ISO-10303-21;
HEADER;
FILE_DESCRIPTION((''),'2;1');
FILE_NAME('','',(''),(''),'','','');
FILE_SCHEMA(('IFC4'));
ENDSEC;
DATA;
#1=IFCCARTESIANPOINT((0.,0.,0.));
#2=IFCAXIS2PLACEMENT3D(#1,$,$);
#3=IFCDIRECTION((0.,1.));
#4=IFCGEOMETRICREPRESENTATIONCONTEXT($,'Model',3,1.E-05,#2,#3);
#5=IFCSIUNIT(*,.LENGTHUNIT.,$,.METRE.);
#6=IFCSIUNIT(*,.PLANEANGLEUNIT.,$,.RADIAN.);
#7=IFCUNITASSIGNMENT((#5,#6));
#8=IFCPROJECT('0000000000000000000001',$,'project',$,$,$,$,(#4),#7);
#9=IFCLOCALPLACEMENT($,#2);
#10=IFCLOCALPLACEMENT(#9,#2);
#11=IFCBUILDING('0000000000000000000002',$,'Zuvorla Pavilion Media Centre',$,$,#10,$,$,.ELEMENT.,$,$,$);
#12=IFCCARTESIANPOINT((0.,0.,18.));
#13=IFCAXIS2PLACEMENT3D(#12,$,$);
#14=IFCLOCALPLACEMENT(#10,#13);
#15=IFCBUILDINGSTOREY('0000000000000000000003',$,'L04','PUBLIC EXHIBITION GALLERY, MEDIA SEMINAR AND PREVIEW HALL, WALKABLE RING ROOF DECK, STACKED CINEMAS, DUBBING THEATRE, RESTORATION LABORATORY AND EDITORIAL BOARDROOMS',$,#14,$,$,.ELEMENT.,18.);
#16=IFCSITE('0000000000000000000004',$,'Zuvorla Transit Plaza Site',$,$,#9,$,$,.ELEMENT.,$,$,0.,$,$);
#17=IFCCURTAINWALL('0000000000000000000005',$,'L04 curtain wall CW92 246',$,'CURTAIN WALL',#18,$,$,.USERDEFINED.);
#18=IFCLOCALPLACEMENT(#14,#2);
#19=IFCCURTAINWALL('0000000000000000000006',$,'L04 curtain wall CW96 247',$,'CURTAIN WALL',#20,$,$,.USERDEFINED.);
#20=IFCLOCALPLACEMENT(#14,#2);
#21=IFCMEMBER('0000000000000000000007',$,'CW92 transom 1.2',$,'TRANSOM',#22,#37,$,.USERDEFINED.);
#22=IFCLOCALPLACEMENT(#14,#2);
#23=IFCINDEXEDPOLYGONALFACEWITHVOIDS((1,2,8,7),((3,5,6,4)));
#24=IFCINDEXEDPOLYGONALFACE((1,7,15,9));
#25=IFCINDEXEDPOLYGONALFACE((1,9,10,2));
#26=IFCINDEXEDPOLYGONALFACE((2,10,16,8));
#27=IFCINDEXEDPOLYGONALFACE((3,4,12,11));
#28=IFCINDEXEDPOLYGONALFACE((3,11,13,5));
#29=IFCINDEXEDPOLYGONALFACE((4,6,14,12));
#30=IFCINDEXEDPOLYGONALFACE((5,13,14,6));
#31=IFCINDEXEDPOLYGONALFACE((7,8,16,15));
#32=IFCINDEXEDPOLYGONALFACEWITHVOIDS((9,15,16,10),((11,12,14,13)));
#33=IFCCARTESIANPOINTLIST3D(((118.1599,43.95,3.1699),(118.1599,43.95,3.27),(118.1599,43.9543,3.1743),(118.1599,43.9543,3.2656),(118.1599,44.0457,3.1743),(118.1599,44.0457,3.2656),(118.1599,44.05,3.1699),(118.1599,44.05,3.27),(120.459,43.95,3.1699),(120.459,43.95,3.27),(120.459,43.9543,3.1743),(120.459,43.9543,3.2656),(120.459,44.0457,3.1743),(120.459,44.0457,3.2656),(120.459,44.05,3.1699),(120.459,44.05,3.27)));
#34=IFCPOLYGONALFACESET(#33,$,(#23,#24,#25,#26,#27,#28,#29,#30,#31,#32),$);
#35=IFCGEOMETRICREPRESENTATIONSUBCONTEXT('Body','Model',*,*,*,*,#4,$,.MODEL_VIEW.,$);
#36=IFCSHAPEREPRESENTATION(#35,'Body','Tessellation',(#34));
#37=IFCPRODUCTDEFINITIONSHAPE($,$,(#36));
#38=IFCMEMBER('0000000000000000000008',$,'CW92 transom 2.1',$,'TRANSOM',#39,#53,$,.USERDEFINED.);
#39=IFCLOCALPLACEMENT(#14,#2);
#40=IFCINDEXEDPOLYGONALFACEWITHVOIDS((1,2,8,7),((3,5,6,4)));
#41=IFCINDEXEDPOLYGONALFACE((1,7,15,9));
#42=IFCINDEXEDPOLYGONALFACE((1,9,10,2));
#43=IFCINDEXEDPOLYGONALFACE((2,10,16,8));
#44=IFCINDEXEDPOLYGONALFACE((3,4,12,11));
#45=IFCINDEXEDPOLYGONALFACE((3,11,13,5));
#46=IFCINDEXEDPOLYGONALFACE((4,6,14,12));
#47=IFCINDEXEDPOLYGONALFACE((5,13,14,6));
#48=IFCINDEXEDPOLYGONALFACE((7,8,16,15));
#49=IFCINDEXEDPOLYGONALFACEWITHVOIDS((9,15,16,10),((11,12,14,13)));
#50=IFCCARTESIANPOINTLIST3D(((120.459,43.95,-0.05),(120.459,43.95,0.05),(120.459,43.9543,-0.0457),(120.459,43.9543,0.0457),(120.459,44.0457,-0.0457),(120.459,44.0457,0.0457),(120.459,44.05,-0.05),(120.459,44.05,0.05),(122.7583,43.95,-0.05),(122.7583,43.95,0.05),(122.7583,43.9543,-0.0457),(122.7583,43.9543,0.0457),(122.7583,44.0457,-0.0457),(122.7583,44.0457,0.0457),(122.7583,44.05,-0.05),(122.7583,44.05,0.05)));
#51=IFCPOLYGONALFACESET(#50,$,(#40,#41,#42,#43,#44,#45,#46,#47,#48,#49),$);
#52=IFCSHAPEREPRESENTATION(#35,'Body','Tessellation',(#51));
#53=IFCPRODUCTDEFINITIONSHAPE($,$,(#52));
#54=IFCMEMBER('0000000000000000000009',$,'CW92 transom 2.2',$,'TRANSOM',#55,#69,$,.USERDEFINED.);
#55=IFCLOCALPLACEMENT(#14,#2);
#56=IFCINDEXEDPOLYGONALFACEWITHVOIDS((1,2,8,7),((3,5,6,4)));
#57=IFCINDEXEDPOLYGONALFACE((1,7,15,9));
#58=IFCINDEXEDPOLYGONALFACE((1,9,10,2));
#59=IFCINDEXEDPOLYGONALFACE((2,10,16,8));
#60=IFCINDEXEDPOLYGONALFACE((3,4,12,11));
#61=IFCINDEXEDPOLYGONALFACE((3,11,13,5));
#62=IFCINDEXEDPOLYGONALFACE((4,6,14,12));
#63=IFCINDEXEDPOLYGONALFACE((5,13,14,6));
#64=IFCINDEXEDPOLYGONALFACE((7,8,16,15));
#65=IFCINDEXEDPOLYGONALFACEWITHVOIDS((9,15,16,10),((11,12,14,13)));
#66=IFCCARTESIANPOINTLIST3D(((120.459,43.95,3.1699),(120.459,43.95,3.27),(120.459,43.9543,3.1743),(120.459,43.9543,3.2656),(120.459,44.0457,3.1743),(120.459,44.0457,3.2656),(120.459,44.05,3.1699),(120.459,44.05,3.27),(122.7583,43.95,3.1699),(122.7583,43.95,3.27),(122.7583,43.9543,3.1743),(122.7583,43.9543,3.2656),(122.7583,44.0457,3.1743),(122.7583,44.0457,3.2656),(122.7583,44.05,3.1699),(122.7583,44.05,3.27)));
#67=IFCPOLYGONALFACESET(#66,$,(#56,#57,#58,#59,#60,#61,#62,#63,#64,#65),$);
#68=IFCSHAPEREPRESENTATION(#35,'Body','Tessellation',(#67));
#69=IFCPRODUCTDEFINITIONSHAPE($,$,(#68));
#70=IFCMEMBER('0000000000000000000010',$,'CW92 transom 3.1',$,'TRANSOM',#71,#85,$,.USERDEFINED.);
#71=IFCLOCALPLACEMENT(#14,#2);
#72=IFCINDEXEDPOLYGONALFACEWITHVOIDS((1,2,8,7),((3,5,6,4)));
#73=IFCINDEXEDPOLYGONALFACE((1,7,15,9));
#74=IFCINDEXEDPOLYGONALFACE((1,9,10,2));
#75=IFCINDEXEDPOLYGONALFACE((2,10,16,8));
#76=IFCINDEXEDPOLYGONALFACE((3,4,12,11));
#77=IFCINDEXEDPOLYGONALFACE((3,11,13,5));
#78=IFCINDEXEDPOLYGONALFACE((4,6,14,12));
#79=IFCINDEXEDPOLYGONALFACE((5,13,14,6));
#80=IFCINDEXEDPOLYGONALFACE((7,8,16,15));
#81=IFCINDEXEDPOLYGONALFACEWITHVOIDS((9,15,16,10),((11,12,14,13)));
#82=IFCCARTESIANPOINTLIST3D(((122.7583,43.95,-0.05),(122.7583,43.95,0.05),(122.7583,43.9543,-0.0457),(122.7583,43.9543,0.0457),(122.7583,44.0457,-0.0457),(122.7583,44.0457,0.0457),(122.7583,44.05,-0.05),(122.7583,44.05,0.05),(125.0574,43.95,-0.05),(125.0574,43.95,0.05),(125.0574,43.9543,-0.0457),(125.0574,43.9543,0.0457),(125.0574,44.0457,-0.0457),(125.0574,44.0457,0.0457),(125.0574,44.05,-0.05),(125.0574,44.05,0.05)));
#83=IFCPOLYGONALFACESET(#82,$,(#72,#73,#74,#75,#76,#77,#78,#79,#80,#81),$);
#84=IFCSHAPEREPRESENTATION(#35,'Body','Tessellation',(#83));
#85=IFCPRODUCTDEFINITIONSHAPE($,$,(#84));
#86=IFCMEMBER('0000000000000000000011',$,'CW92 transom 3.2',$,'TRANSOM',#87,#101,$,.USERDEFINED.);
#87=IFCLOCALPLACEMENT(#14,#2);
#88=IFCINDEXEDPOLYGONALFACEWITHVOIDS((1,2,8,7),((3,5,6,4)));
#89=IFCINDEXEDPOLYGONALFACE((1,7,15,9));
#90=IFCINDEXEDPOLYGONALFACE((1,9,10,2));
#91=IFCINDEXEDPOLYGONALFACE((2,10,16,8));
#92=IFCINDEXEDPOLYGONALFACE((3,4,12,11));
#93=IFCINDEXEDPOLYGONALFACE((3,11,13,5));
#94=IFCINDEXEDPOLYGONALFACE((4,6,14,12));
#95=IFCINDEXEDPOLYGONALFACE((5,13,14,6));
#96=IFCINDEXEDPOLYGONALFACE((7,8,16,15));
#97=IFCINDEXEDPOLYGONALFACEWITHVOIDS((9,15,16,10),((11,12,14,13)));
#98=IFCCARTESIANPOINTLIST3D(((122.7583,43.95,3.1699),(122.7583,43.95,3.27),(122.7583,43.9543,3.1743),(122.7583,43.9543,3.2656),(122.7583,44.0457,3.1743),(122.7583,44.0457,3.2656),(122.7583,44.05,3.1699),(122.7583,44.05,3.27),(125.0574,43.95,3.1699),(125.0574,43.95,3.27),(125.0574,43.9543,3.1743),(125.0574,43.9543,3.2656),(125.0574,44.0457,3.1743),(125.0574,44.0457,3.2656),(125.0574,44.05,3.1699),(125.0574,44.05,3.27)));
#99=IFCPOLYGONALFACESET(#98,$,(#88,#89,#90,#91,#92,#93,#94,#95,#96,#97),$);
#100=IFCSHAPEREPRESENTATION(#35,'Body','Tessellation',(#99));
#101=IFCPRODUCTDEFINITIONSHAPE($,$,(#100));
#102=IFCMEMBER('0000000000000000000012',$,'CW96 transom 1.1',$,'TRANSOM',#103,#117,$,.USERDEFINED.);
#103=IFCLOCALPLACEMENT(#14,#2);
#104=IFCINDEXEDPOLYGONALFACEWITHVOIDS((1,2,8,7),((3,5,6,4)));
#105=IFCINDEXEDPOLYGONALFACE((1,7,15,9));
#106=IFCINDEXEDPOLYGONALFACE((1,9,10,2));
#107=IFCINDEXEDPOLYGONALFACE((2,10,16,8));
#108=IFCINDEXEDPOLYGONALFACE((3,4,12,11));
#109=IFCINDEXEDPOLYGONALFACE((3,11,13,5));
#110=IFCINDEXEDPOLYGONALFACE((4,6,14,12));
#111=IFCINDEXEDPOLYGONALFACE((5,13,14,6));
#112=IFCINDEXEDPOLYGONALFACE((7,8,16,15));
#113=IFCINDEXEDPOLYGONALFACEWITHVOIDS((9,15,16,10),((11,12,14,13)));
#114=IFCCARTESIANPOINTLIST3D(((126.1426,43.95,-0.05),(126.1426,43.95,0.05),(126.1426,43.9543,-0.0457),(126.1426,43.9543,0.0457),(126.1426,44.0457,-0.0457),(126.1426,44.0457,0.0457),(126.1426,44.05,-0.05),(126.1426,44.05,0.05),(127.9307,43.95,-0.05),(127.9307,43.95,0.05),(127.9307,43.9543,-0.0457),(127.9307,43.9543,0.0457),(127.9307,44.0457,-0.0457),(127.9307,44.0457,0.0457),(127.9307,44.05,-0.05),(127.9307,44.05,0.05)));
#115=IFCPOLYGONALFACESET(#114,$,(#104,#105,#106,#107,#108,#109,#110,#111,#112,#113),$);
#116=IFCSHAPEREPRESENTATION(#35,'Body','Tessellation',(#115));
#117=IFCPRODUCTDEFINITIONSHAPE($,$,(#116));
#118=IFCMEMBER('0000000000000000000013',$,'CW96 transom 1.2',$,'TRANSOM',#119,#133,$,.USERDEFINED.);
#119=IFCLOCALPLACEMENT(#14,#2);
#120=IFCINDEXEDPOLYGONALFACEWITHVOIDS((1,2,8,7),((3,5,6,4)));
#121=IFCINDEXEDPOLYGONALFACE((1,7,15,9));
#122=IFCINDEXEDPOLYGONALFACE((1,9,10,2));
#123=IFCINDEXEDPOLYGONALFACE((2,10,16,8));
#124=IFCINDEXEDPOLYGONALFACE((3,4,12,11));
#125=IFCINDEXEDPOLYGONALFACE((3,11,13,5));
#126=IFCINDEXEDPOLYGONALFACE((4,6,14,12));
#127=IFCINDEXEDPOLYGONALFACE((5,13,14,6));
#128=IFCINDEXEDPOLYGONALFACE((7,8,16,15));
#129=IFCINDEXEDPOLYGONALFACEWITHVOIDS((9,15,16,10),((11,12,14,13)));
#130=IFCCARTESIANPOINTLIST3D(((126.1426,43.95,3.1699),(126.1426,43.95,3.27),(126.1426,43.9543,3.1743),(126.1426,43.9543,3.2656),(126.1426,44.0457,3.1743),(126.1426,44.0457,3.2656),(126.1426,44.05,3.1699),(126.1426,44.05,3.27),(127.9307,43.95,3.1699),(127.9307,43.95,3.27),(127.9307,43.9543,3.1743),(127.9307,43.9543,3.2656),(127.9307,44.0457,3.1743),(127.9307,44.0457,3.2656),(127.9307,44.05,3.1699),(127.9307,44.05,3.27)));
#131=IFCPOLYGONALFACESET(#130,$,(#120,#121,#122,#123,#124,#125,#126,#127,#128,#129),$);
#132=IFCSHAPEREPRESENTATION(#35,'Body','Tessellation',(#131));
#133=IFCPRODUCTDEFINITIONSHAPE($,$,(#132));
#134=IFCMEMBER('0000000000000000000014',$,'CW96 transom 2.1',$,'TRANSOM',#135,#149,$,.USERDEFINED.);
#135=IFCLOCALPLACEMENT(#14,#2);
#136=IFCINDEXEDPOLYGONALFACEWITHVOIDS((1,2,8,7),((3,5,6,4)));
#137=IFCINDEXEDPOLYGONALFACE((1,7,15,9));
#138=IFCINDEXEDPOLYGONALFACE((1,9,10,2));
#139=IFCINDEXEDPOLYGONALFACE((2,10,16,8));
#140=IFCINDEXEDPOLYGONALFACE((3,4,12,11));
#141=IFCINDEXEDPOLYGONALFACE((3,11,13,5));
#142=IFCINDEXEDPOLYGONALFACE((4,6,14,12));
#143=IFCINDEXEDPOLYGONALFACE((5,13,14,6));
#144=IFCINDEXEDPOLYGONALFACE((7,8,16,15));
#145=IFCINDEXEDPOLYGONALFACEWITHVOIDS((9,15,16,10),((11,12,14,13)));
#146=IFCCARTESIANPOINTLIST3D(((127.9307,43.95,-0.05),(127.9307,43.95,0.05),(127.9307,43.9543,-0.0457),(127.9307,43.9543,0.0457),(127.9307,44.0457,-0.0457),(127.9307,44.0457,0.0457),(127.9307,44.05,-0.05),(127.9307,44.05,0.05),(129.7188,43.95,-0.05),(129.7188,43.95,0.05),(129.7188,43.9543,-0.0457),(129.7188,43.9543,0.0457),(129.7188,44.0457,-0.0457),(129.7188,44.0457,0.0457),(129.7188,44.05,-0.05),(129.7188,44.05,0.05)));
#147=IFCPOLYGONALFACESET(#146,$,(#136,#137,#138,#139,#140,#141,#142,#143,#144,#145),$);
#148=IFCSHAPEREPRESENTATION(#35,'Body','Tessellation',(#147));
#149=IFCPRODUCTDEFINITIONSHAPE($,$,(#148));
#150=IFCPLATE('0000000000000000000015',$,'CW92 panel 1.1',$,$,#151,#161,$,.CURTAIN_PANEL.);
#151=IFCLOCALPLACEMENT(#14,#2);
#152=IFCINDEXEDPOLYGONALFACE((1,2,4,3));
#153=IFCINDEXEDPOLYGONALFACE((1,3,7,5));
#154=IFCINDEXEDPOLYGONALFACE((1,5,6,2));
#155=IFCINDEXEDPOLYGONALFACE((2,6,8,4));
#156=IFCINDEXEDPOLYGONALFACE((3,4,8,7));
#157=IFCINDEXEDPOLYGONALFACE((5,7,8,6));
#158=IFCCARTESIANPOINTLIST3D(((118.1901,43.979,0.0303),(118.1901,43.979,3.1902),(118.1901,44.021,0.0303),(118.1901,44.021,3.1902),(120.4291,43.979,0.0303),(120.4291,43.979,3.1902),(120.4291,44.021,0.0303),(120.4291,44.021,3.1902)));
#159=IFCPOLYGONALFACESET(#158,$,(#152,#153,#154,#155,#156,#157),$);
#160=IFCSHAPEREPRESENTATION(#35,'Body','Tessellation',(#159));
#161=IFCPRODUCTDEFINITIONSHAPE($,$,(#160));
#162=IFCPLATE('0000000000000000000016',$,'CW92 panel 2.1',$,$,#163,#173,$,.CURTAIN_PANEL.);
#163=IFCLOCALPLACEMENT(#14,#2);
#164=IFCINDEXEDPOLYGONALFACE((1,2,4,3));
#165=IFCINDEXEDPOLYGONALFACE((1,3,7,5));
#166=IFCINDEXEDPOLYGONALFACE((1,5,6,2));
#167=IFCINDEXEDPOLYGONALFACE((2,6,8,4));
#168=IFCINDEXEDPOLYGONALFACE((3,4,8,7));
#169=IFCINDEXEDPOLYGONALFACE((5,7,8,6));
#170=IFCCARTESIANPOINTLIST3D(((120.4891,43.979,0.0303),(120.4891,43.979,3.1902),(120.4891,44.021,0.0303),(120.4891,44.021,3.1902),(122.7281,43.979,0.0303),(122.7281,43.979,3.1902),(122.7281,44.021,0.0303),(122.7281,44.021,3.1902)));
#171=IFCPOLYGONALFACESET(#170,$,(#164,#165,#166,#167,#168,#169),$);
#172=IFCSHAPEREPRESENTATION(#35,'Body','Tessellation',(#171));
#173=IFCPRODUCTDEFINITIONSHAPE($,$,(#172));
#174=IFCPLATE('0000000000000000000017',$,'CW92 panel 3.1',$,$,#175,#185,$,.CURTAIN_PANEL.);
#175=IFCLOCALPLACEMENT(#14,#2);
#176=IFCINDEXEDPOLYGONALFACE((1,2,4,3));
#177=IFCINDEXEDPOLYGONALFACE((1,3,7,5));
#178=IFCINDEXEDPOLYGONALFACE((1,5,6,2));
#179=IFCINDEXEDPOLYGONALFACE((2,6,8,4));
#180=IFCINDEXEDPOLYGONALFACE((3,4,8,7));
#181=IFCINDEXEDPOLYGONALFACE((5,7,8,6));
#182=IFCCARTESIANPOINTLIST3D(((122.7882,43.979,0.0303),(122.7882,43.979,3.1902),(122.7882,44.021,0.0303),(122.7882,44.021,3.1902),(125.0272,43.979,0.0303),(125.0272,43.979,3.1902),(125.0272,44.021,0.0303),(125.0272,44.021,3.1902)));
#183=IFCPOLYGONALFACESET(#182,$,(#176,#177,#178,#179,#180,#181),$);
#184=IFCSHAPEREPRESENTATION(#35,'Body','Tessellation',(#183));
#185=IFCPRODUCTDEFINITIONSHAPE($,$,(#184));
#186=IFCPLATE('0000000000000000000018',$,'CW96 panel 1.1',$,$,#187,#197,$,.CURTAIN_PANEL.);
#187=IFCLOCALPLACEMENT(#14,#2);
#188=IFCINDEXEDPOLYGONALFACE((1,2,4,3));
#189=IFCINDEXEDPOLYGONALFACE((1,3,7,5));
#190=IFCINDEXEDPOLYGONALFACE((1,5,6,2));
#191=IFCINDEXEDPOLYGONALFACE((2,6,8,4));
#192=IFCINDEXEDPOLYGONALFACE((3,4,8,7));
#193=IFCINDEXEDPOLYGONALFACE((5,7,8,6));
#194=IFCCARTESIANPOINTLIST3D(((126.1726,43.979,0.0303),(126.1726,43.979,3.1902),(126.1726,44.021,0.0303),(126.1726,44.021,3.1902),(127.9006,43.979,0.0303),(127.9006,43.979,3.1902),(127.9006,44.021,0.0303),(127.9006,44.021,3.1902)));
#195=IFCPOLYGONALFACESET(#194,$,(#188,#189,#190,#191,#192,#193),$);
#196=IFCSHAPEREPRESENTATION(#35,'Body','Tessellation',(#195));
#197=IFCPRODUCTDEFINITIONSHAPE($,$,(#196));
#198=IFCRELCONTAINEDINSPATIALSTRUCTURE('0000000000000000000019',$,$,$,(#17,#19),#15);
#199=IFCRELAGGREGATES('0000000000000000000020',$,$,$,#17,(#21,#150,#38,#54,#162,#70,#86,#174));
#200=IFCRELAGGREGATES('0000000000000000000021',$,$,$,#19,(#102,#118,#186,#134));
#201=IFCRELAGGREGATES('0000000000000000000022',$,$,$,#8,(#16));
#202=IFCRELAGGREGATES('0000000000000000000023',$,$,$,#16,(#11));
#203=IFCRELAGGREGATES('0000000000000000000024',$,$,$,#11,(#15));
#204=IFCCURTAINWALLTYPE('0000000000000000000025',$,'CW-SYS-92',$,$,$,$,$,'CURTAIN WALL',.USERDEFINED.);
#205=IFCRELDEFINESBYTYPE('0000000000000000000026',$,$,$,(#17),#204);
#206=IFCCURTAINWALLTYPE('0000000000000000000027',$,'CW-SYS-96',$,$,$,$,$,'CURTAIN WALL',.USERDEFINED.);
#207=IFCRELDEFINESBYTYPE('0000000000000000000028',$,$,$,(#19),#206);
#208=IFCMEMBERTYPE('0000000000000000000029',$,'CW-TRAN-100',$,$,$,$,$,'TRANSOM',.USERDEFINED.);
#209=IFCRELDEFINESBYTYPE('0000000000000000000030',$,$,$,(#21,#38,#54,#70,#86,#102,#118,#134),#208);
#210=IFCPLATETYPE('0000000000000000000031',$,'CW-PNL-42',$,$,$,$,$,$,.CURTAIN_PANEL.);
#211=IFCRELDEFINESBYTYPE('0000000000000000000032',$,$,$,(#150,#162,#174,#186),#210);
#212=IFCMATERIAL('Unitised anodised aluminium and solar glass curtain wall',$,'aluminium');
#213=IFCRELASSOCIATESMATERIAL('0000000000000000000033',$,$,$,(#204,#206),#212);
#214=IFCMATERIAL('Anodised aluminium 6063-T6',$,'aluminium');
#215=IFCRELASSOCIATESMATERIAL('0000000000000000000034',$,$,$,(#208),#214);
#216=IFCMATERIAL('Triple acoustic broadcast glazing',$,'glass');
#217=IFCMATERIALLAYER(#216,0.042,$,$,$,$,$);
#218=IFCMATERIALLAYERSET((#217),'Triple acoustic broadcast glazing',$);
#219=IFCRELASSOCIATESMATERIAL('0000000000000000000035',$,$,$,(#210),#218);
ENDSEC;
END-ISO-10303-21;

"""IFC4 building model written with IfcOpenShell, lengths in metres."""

from ifc_helpers import new_model, si_unit, direction, frame, origin, origin_2d, place, context, subcontext, project, spatial, rectangle, hollow_rectangle, extrude, material, layer, layer_set, material_profile, profile_set, type_object, element, aggregate, save


model = new_model("IFC4")

# Units and contexts
model_context = context("Model", 3, precision=1e-05, world=origin(), true_north=direction((0.0, 1.0)))
body_context = subcontext(model_context, "Body", "Model", "MODEL_VIEW")
ifc_project = project(units=[si_unit("LENGTHUNIT", "METRE"), si_unit("PLANEANGLEUNIT", "RADIAN")], contexts=[model_context])

# Site, building, storey
site_placement = place(None, origin())
site = spatial("IfcSite", under=ifc_project, at=site_placement, Name="Zuvorla Transit Plaza Site", CompositionType="ELEMENT", RefElevation=0.0)
building_placement = place(site_placement, origin())
building = spatial("IfcBuilding", under=site, at=building_placement, Name="Zuvorla Pavilion Media Centre", CompositionType="ELEMENT")
storey_placement = place(building_placement, frame((0.0, 0.0, 18.0)))
storey = spatial("IfcBuildingStorey", under=building, at=storey_placement, Name="L04", Description="PUBLIC EXHIBITION GALLERY, MEDIA SEMINAR AND PREVIEW HALL, WALKABLE RING ROOF DECK, STACKED CINEMAS, DUBBING THEATRE, RESTORATION LABORATORY AND EDITORIAL BOARDROOMS", CompositionType="ELEMENT", Elevation=18.0)

# Curtain walls
ifc_material_1 = material(Name="Unitised anodised aluminium and solar glass curtain wall", Category="aluminium")
curtain_wall_type_1 = type_object("IfcCurtainWallType", Name="CW-SYS-92", ElementType="CURTAIN WALL", PredefinedType="USERDEFINED", material=ifc_material_1)
curtain_wall_1_placement = place(storey_placement, origin())
curtain_wall_1 = element("IfcCurtainWall", 1, at=curtain_wall_1_placement, inside=storey, type_object=curtain_wall_type_1, Name="L04 curtain wall CW92 246", ObjectType="CURTAIN WALL", PredefinedType="USERDEFINED")
ifc_material_2 = material(Name="Anodised aluminium 6063-T6", Category="aluminium")
curtain_wall_type_2 = type_object("IfcCurtainWallType", Name="CW-SYS-96", ElementType="CURTAIN WALL", PredefinedType="USERDEFINED", material=ifc_material_1)
curtain_wall_2_placement = place(storey_placement, origin())
curtain_wall_2 = element("IfcCurtainWall", 2, at=curtain_wall_2_placement, inside=storey, type_object=curtain_wall_type_2, Name="L04 curtain wall CW96 247", ObjectType="CURTAIN WALL", PredefinedType="USERDEFINED")

# Members
ifc_material_profile_1 = material_profile(ifc_material_2, hollow_rectangle(XDim=0.1001, YDim=0.1001, WallThickness=0.0044, at=origin_2d()), Name="ALU TRAN 100x100")
ifc_profile_set_1 = profile_set([ifc_material_profile_1], Name="Anodised aluminium 6063-T6")
member_type_1 = type_object("IfcMemberType", Name="CW-TRAN-100", ElementType="TRANSOM", PredefinedType="USERDEFINED", material=ifc_profile_set_1)
member_1_placement = place(storey_placement, frame((118.1599, 44.0, 3.22), z_axis=(1.0, 0.0, 0.0), x_axis=(0.0, 1.0, 0.0)))
member_1 = element("IfcMember", 3, at=member_1_placement, type_object=member_type_1, Name="CW92 transom 1.2", ObjectType="TRANSOM", PredefinedType="USERDEFINED", context=body_context, shape_type="SweptSolid", body=[
    extrude(hollow_rectangle(XDim=0.1001, YDim=0.1001, WallThickness=0.0044, at=origin_2d()), origin(), (0.0, 0.0, 1.0), 2.2991),
])
member_2_placement = place(storey_placement, frame((120.459, 44.0, 0.0), z_axis=(1.0, 0.0, 0.0), x_axis=(0.0, 1.0, 0.0)))
member_2 = element("IfcMember", 4, at=member_2_placement, type_object=member_type_1, Name="CW92 transom 2.1", ObjectType="TRANSOM", PredefinedType="USERDEFINED", context=body_context, shape_type="SweptSolid", body=[
    extrude(hollow_rectangle(XDim=0.1001, YDim=0.1001, WallThickness=0.0044, at=origin_2d()), origin(), (0.0, 0.0, 1.0), 2.2993),
])
member_3_placement = place(storey_placement, frame((120.459, 44.0, 3.22), z_axis=(1.0, 0.0, 0.0), x_axis=(0.0, 1.0, 0.0)))
member_3 = element("IfcMember", 5, at=member_3_placement, type_object=member_type_1, Name="CW92 transom 2.2", ObjectType="TRANSOM", PredefinedType="USERDEFINED", context=body_context, shape_type="SweptSolid", body=[
    extrude(hollow_rectangle(XDim=0.1001, YDim=0.1001, WallThickness=0.0044, at=origin_2d()), origin(), (0.0, 0.0, 1.0), 2.2993),
])
member_4_placement = place(storey_placement, frame((122.7583, 44.0, 0.0), z_axis=(1.0, 0.0, 0.0), x_axis=(0.0, 1.0, 0.0)))
member_4 = element("IfcMember", 6, at=member_4_placement, type_object=member_type_1, Name="CW92 transom 3.1", ObjectType="TRANSOM", PredefinedType="USERDEFINED", context=body_context, shape_type="SweptSolid", body=[
    extrude(hollow_rectangle(XDim=0.1001, YDim=0.1001, WallThickness=0.0044, at=origin_2d()), origin(), (0.0, 0.0, 1.0), 2.2991),
])
member_5_placement = place(storey_placement, frame((122.7583, 44.0, 3.22), z_axis=(1.0, 0.0, 0.0), x_axis=(0.0, 1.0, 0.0)))
member_5 = element("IfcMember", 7, at=member_5_placement, type_object=member_type_1, Name="CW92 transom 3.2", ObjectType="TRANSOM", PredefinedType="USERDEFINED", context=body_context, shape_type="SweptSolid", body=[
    extrude(hollow_rectangle(XDim=0.1001, YDim=0.1001, WallThickness=0.0044, at=origin_2d()), origin(), (0.0, 0.0, 1.0), 2.2991),
])
member_6_placement = place(storey_placement, frame((126.1426, 44.0, 0.0), z_axis=(1.0, 0.0, 0.0), x_axis=(0.0, 1.0, 0.0)))
member_6 = element("IfcMember", 8, at=member_6_placement, type_object=member_type_1, Name="CW96 transom 1.1", ObjectType="TRANSOM", PredefinedType="USERDEFINED", context=body_context, shape_type="SweptSolid", body=[
    extrude(hollow_rectangle(XDim=0.1001, YDim=0.1001, WallThickness=0.0044, at=origin_2d()), origin(), (0.0, 0.0, 1.0), 1.7881),
])
member_7_placement = place(storey_placement, frame((126.1426, 44.0, 3.22), z_axis=(1.0, 0.0, 0.0), x_axis=(0.0, 1.0, 0.0)))
member_7 = element("IfcMember", 9, at=member_7_placement, type_object=member_type_1, Name="CW96 transom 1.2", ObjectType="TRANSOM", PredefinedType="USERDEFINED", context=body_context, shape_type="SweptSolid", body=[
    extrude(hollow_rectangle(XDim=0.1001, YDim=0.1001, WallThickness=0.0044, at=origin_2d()), origin(), (0.0, 0.0, 1.0), 1.7881),
])
member_8_placement = place(storey_placement, frame((127.9307, 44.0, 0.0), z_axis=(1.0, 0.0, 0.0), x_axis=(0.0, 1.0, 0.0)))
member_8 = element("IfcMember", 10, at=member_8_placement, type_object=member_type_1, Name="CW96 transom 2.1", ObjectType="TRANSOM", PredefinedType="USERDEFINED", context=body_context, shape_type="SweptSolid", body=[
    extrude(hollow_rectangle(XDim=0.1001, YDim=0.1001, WallThickness=0.0044, at=origin_2d()), origin(), (0.0, 0.0, 1.0), 1.7881),
])

# Plates
ifc_material_3 = material(Name="Triple acoustic broadcast glazing", Category="glass")
ifc_layer = layer(ifc_material_3, 0.042)
ifc_layer_set = layer_set([ifc_layer], Name="Triple acoustic broadcast glazing")
plate_type = type_object("IfcPlateType", Name="CW-PNL-42", PredefinedType="CURTAIN_PANEL", material=ifc_layer_set)
plate_1_placement = place(storey_placement, frame((119.3096, 44.0, 0.0303), z_axis=(0.0, 0.0, 1.0), x_axis=(1.0, 0.0, 0.0)))
plate_1 = element("IfcPlate", 11, at=plate_1_placement, type_object=plate_type, Name="CW92 panel 1.1", PredefinedType="CURTAIN_PANEL", context=body_context, shape_type="SweptSolid", body=[
    extrude(rectangle(XDim=2.239, YDim=0.042, at=origin_2d()), origin(), (0.0, 0.0, 1.0), 3.1599),
])
plate_2_placement = place(storey_placement, frame((121.6086, 44.0, 0.0303), z_axis=(0.0, 0.0, 1.0), x_axis=(1.0, 0.0, 0.0)))
plate_2 = element("IfcPlate", 12, at=plate_2_placement, type_object=plate_type, Name="CW92 panel 2.1", PredefinedType="CURTAIN_PANEL", context=body_context, shape_type="SweptSolid", body=[
    extrude(rectangle(XDim=2.239, YDim=0.042, at=origin_2d()), origin(), (0.0, 0.0, 1.0), 3.1599),
])
plate_3_placement = place(storey_placement, frame((123.9077, 44.0, 0.0303), z_axis=(0.0, 0.0, 1.0), x_axis=(1.0, 0.0, 0.0)))
plate_3 = element("IfcPlate", 13, at=plate_3_placement, type_object=plate_type, Name="CW92 panel 3.1", PredefinedType="CURTAIN_PANEL", context=body_context, shape_type="SweptSolid", body=[
    extrude(rectangle(XDim=2.239, YDim=0.042, at=origin_2d()), origin(), (0.0, 0.0, 1.0), 3.1599),
])
aggregate(curtain_wall_1, [member_1, plate_1, member_2, member_3, plate_2, member_4, member_5, plate_3])
plate_4_placement = place(storey_placement, frame((127.0366, 44.0, 0.0303), z_axis=(0.0, 0.0, 1.0), x_axis=(1.0, 0.0, 0.0)))
plate_4 = element("IfcPlate", 14, at=plate_4_placement, type_object=plate_type, Name="CW96 panel 1.1", PredefinedType="CURTAIN_PANEL", context=body_context, shape_type="SweptSolid", body=[
    extrude(rectangle(XDim=1.728, YDim=0.042, at=origin_2d()), origin(), (0.0, 0.0, 1.0), 3.1599),
])
aggregate(curtain_wall_2, [member_6, member_7, plate_4, member_8])

save(model, "model.ifc")
